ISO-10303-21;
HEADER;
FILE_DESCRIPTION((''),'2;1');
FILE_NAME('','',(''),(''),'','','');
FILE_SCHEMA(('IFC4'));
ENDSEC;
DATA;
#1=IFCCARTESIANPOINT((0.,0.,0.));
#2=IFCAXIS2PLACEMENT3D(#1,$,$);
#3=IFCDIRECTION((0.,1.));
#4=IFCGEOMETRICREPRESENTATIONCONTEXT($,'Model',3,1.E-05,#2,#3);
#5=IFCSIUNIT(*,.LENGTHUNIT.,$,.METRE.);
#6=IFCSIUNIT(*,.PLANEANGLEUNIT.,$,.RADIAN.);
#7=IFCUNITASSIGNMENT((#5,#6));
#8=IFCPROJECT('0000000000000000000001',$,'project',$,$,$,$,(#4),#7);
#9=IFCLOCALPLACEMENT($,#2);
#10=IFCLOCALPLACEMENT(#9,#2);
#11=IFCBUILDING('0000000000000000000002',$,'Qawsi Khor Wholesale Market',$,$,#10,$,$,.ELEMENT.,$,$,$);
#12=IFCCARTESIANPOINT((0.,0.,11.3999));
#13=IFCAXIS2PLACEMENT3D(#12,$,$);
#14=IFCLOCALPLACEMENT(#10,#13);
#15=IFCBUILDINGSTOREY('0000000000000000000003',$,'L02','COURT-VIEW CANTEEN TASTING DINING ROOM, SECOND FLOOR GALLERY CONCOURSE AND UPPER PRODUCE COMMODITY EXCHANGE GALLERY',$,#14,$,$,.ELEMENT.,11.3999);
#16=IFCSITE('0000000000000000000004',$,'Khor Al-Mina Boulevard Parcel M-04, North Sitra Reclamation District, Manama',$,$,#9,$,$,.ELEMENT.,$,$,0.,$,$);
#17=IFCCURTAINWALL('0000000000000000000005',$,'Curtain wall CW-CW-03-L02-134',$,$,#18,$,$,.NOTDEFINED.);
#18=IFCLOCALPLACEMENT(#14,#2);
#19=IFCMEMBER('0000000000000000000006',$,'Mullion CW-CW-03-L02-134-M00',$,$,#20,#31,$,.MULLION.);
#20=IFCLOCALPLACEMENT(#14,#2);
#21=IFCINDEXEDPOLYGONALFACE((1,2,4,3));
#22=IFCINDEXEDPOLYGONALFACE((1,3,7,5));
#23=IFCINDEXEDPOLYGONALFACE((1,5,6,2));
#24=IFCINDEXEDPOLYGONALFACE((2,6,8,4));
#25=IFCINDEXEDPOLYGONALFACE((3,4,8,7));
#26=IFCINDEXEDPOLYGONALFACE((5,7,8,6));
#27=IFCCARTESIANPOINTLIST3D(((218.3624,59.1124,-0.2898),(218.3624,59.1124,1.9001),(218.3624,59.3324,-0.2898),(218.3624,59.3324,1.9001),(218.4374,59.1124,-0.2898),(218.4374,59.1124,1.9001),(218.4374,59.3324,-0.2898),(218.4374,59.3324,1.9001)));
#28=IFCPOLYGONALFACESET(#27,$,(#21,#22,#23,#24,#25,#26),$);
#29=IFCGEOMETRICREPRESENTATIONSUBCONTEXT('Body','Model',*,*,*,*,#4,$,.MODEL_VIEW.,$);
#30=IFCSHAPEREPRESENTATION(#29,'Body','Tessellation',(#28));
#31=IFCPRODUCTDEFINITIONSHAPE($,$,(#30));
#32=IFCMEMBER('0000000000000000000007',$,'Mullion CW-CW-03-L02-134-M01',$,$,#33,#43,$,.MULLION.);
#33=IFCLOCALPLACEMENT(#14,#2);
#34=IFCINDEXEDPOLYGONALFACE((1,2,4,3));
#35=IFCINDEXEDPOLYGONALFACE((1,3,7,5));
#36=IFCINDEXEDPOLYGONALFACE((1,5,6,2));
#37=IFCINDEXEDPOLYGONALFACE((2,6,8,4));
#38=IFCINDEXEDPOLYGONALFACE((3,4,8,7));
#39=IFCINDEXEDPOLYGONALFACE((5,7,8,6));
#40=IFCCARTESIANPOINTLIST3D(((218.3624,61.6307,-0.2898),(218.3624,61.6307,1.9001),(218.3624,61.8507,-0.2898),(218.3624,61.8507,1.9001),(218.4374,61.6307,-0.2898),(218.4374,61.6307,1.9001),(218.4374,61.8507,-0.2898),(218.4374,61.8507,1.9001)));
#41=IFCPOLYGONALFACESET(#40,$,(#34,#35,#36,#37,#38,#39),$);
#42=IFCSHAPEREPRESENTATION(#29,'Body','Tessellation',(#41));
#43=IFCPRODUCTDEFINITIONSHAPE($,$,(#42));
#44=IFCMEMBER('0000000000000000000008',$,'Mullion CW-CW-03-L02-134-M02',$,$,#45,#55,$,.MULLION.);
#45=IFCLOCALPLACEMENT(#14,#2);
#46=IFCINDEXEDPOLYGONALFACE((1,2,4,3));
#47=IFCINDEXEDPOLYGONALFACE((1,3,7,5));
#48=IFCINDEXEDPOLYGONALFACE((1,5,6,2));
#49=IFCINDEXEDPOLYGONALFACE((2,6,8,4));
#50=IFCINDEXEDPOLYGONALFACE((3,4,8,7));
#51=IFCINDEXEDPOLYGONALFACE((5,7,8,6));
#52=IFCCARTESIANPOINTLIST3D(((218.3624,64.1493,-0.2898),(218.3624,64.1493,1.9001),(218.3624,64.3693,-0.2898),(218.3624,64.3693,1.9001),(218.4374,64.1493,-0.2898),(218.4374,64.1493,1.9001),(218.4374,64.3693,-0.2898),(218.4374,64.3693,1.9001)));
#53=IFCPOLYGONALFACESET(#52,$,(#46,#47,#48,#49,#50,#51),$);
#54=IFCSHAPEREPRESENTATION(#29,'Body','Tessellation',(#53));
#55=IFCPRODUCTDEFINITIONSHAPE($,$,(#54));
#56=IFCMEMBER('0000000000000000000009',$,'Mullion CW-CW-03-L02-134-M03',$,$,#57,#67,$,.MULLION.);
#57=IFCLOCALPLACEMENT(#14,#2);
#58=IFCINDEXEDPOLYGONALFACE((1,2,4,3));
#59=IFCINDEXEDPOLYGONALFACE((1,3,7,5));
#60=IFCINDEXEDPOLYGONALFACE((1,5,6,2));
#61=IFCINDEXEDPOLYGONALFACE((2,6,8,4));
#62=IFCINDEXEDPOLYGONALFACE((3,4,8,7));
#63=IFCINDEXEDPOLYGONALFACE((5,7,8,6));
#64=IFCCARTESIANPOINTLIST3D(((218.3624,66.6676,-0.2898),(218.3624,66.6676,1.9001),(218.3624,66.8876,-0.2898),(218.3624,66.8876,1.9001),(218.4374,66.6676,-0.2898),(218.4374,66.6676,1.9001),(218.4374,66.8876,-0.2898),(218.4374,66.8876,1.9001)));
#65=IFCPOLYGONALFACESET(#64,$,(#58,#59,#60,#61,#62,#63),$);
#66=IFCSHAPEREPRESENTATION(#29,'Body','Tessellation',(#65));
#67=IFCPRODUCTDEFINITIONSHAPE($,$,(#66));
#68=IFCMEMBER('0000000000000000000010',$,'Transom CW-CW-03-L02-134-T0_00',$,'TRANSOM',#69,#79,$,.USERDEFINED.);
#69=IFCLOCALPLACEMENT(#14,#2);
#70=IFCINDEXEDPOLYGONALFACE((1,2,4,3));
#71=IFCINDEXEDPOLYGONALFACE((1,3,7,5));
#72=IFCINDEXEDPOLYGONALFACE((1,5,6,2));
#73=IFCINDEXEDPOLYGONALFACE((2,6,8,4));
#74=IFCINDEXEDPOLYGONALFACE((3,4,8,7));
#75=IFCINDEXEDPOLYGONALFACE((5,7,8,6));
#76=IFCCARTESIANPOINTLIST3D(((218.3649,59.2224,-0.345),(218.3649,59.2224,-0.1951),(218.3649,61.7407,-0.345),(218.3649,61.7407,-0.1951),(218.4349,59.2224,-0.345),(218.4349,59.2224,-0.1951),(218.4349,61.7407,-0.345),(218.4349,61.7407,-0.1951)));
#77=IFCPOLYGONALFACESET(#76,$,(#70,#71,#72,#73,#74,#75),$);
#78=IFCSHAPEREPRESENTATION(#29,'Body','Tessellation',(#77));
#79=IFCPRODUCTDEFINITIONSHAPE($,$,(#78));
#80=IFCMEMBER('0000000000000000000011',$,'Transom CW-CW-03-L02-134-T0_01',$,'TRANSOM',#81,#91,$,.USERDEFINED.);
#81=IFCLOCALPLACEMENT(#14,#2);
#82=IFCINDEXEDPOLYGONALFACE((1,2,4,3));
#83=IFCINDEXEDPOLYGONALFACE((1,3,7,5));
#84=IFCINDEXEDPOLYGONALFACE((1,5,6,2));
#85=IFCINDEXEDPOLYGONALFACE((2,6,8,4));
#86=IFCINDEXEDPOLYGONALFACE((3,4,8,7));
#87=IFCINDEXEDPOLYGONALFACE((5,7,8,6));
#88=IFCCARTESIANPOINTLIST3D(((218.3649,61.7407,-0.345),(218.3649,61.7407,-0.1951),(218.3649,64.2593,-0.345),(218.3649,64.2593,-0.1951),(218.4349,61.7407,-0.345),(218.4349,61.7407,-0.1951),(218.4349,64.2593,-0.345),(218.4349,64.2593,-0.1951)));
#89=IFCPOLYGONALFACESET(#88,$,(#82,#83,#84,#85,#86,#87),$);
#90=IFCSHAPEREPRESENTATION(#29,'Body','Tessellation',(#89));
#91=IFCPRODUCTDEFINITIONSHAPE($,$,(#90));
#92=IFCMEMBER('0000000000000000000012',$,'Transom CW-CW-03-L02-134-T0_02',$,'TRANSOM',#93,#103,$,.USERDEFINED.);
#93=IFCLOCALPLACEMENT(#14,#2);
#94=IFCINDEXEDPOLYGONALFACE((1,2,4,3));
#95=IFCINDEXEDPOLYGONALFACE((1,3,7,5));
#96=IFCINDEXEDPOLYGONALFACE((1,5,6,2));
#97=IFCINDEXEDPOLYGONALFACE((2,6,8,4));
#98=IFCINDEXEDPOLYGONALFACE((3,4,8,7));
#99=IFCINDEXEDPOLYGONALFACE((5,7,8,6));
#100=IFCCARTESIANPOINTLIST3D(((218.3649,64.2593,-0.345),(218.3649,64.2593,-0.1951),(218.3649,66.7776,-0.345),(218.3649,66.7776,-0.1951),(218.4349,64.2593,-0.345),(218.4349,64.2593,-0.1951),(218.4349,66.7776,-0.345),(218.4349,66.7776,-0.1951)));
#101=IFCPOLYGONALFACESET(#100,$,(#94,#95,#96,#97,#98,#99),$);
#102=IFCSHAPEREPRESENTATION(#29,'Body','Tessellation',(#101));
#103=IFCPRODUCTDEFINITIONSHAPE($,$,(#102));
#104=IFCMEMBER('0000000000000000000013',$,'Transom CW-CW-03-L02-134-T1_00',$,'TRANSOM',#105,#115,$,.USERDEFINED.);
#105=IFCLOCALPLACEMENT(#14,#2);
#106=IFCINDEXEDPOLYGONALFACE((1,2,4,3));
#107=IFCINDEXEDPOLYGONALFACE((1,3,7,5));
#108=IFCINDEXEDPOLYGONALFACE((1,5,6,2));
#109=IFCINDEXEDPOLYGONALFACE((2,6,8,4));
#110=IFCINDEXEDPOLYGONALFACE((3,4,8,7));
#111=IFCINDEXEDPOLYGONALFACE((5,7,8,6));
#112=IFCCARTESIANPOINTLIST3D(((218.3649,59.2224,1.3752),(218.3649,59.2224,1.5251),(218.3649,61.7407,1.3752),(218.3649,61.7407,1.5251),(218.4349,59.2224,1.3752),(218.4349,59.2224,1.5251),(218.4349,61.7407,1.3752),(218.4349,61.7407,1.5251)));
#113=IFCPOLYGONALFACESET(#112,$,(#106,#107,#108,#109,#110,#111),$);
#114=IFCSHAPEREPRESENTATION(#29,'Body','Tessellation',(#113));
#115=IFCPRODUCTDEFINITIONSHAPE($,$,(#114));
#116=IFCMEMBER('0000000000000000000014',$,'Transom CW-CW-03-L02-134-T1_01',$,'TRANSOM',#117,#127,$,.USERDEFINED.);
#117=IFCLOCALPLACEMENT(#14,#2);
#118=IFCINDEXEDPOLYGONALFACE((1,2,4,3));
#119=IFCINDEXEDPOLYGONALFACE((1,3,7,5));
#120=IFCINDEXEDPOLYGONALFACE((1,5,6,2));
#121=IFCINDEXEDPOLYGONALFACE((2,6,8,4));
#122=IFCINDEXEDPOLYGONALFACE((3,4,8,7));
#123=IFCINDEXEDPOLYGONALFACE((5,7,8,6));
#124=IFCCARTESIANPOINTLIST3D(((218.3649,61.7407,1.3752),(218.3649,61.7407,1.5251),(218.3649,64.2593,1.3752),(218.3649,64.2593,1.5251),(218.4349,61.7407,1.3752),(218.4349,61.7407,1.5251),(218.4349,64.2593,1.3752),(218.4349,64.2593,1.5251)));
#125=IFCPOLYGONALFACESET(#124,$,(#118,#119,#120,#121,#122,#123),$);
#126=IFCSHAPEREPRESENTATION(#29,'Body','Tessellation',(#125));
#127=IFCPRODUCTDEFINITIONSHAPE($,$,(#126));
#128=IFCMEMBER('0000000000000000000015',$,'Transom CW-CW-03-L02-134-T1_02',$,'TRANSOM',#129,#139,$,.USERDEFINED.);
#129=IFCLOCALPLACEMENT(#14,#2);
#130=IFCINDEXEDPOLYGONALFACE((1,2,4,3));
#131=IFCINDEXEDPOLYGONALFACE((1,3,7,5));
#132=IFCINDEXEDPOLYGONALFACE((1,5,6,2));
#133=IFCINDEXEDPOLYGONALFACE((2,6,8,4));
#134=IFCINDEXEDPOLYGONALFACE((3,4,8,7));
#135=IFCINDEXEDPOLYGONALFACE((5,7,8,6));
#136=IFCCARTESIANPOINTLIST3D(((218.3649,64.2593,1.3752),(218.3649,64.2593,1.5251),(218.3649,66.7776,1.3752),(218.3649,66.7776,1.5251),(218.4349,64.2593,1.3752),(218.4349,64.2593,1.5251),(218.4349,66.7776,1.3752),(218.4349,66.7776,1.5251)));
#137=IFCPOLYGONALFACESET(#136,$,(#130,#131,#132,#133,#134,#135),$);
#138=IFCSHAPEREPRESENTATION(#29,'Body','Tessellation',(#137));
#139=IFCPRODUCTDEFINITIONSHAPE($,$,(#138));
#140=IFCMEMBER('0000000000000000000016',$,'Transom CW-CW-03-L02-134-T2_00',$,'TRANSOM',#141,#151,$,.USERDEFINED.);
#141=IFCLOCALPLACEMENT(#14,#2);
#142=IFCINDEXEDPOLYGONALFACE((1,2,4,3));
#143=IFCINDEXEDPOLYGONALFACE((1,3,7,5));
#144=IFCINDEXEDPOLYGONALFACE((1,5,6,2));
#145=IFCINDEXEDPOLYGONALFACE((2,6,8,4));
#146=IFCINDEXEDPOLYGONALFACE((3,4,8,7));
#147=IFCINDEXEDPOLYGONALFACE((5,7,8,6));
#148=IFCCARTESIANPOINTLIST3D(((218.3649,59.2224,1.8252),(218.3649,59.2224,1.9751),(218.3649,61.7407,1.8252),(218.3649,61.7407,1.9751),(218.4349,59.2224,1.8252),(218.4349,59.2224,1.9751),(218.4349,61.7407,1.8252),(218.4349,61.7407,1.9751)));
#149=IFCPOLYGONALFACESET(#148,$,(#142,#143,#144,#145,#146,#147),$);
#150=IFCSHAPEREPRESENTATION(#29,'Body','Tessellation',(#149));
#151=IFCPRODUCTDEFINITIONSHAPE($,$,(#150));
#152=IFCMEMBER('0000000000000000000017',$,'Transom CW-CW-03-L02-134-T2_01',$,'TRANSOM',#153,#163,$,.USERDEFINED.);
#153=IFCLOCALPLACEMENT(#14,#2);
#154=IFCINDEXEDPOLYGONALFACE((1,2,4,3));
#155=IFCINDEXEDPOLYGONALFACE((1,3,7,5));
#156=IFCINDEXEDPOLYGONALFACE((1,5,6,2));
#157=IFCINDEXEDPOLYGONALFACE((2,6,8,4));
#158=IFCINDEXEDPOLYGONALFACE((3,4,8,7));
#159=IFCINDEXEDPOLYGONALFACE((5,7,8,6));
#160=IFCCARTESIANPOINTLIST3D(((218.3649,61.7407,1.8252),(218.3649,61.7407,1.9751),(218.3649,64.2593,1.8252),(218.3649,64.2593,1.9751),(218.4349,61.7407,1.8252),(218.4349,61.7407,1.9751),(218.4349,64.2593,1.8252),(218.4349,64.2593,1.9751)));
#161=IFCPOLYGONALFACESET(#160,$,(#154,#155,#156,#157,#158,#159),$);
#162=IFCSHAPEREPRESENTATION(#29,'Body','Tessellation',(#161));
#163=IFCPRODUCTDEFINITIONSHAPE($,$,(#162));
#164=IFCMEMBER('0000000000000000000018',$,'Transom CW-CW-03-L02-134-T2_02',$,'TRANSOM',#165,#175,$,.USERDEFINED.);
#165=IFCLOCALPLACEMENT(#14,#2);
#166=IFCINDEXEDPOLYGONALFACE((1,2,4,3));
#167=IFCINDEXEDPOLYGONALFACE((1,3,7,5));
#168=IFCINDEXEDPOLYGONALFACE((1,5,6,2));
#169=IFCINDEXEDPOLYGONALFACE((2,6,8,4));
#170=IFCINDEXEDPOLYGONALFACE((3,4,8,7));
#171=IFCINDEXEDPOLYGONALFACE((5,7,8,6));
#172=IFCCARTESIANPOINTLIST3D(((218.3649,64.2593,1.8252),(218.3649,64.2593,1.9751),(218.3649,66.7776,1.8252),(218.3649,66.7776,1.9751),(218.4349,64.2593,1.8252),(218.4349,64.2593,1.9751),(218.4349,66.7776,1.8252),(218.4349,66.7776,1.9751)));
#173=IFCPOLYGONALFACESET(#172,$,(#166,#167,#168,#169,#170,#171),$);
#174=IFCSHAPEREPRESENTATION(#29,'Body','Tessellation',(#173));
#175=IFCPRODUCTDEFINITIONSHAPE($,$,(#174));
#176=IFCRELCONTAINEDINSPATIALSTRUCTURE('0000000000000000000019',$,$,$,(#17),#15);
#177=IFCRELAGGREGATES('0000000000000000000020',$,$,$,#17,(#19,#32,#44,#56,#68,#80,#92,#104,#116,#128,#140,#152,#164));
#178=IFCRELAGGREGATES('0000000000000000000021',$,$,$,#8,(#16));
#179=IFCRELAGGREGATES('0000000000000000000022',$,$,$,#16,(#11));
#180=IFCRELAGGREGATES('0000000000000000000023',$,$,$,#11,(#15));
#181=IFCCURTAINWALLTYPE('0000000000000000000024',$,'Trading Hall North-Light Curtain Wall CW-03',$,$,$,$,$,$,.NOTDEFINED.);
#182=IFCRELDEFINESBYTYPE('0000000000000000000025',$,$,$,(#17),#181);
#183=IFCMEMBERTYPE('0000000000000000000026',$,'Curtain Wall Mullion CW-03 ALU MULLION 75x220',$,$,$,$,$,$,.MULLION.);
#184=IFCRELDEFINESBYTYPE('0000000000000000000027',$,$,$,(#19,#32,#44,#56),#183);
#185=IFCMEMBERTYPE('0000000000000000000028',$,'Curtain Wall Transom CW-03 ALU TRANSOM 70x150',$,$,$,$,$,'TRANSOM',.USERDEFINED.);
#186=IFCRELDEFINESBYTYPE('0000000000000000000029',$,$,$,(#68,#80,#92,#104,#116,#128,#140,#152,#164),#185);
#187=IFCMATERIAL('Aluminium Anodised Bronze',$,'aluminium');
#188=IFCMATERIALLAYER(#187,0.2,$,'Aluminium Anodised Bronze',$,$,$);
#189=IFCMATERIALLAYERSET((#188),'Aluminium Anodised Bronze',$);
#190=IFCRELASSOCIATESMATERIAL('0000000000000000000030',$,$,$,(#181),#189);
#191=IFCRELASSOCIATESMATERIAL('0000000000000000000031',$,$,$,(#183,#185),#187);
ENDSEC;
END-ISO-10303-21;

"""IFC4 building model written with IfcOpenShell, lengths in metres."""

from ifc_helpers import new_model, si_unit, direction, frame, origin, origin_2d, place, context, subcontext, project, spatial, rectangle, extrude, material, layer, layer_set, material_profile, profile_set, type_object, element, aggregate, save


model = new_model("IFC4")

# Units and contexts
model_context = context("Model", 3, precision=1e-05, world=origin(), true_north=direction((0.0, 1.0)))
body_context = subcontext(model_context, "Body", "Model", "MODEL_VIEW")
ifc_project = project(units=[si_unit("LENGTHUNIT", "METRE"), si_unit("PLANEANGLEUNIT", "RADIAN")], contexts=[model_context])

# Site, building, storey
site_placement = place(None, origin())
site = spatial("IfcSite", under=ifc_project, at=site_placement, Name="Khor Al-Mina Boulevard Parcel M-04, North Sitra Reclamation District, Manama", CompositionType="ELEMENT", RefElevation=0.0)
building_placement = place(site_placement, origin())
building = spatial("IfcBuilding", under=site, at=building_placement, Name="Qawsi Khor Wholesale Market", CompositionType="ELEMENT")
storey_placement = place(building_placement, frame((0.0, 0.0, 11.3999)))
storey = spatial("IfcBuildingStorey", under=building, at=storey_placement, Name="L02", Description="COURT-VIEW CANTEEN TASTING DINING ROOM, SECOND FLOOR GALLERY CONCOURSE AND UPPER PRODUCE COMMODITY EXCHANGE GALLERY", CompositionType="ELEMENT", Elevation=11.3999)

# Curtain wall, members
ifc_material_1 = material(Name="Aluminium Anodised Bronze", Category="aluminium")
ifc_layer_1 = layer(ifc_material_1, 0.2, Name="Aluminium Anodised Bronze")
ifc_layer_set_1 = layer_set([ifc_layer_1], Name="Aluminium Anodised Bronze")
curtain_wall_type = type_object("IfcCurtainWallType", Name="Trading Hall North-Light Curtain Wall CW-03", PredefinedType="NOTDEFINED", material=ifc_layer_set_1)
curtain_wall_placement = place(storey_placement, origin())
curtain_wall = element("IfcCurtainWall", 1, at=curtain_wall_placement, inside=storey, type_object=curtain_wall_type, Name="Curtain wall CW-CW-03-L02-134", PredefinedType="NOTDEFINED")
ifc_material_profile_1 = material_profile(ifc_material_1, rectangle(XDim=0.075, YDim=0.22, at=origin_2d()), Name="ALU MULLION 75x220")
ifc_profile_set_1 = profile_set([ifc_material_profile_1], Name="Aluminium Anodised Bronze")
member_type_1 = type_object("IfcMemberType", Name="Curtain Wall Mullion CW-03 ALU MULLION 75x220", PredefinedType="MULLION", material=ifc_profile_set_1)
member_1_placement = place(storey_placement, frame((218.3999, 59.2224, -0.2898), z_axis=(0.0, 0.0, 1.0), x_axis=(1.0, 0.0, 0.0)))
member_1 = element("IfcMember", 2, at=member_1_placement, type_object=member_type_1, Name="Mullion CW-CW-03-L02-134-M00", PredefinedType="MULLION", context=body_context, shape_type="SweptSolid", body=[
    extrude(rectangle(XDim=0.075, YDim=0.22, at=origin_2d()), origin(), (0.0, 0.0, 1.0), 2.1899),
])
member_2_placement = place(storey_placement, frame((218.3999, 61.7407, -0.2898), z_axis=(0.0, 0.0, 1.0), x_axis=(1.0, 0.0, 0.0)))
member_2 = element("IfcMember", 3, at=member_2_placement, type_object=member_type_1, Name="Mullion CW-CW-03-L02-134-M01", PredefinedType="MULLION", context=body_context, shape_type="SweptSolid", body=[
    extrude(rectangle(XDim=0.075, YDim=0.22, at=origin_2d()), origin(), (0.0, 0.0, 1.0), 2.1899),
])
member_3_placement = place(storey_placement, frame((218.3999, 64.2593, -0.2898), z_axis=(0.0, 0.0, 1.0), x_axis=(1.0, 0.0, 0.0)))
member_3 = element("IfcMember", 4, at=member_3_placement, type_object=member_type_1, Name="Mullion CW-CW-03-L02-134-M02", PredefinedType="MULLION", context=body_context, shape_type="SweptSolid", body=[
    extrude(rectangle(XDim=0.075, YDim=0.22, at=origin_2d()), origin(), (0.0, 0.0, 1.0), 2.1899),
])
member_4_placement = place(storey_placement, frame((218.3999, 66.7776, -0.2898), z_axis=(0.0, 0.0, 1.0), x_axis=(1.0, 0.0, 0.0)))
member_4 = element("IfcMember", 5, at=member_4_placement, type_object=member_type_1, Name="Mullion CW-CW-03-L02-134-M03", PredefinedType="MULLION", context=body_context, shape_type="SweptSolid", body=[
    extrude(rectangle(XDim=0.075, YDim=0.22, at=origin_2d()), origin(), (0.0, 0.0, 1.0), 2.1899),
])
ifc_material_profile_2 = material_profile(ifc_material_1, rectangle(XDim=0.0701, YDim=0.1499, at=origin_2d()), Name="ALU TRANSOM 70x150")
ifc_profile_set_2 = profile_set([ifc_material_profile_2], Name="Aluminium Anodised Bronze")
member_type_2 = type_object("IfcMemberType", Name="Curtain Wall Transom CW-03 ALU TRANSOM 70x150", ElementType="TRANSOM", PredefinedType="USERDEFINED", material=ifc_profile_set_2)
member_5_placement = place(storey_placement, frame((218.3999, 59.2224, -0.27), z_axis=(0.0, 1.0, 0.0), x_axis=(-1.0, 0.0, 0.0)))
member_5 = element("IfcMember", 6, at=member_5_placement, type_object=member_type_2, Name="Transom CW-CW-03-L02-134-T0_00", ObjectType="TRANSOM", PredefinedType="USERDEFINED", context=body_context, shape_type="SweptSolid", body=[
    extrude(rectangle(XDim=0.0701, YDim=0.1499, at=origin_2d()), origin(), (0.0, 0.0, 1.0), 2.5183),
])
member_6_placement = place(storey_placement, frame((218.3999, 61.7407, -0.27), z_axis=(0.0, 1.0, 0.0), x_axis=(-1.0, 0.0, 0.0)))
member_6 = element("IfcMember", 7, at=member_6_placement, type_object=member_type_2, Name="Transom CW-CW-03-L02-134-T0_01", ObjectType="TRANSOM", PredefinedType="USERDEFINED", context=body_context, shape_type="SweptSolid", body=[
    extrude(rectangle(XDim=0.0701, YDim=0.1499, at=origin_2d()), origin(), (0.0, 0.0, 1.0), 2.5186),
])
member_7_placement = place(storey_placement, frame((218.3999, 64.2593, -0.27), z_axis=(0.0, 1.0, 0.0), x_axis=(-1.0, 0.0, 0.0)))
member_7 = element("IfcMember", 8, at=member_7_placement, type_object=member_type_2, Name="Transom CW-CW-03-L02-134-T0_02", ObjectType="TRANSOM", PredefinedType="USERDEFINED", context=body_context, shape_type="SweptSolid", body=[
    extrude(rectangle(XDim=0.0701, YDim=0.1499, at=origin_2d()), origin(), (0.0, 0.0, 1.0), 2.5183),
])
member_8_placement = place(storey_placement, frame((218.3999, 59.2224, 1.4502), z_axis=(0.0, 1.0, 0.0), x_axis=(-1.0, 0.0, 0.0)))
member_8 = element("IfcMember", 9, at=member_8_placement, type_object=member_type_2, Name="Transom CW-CW-03-L02-134-T1_00", ObjectType="TRANSOM", PredefinedType="USERDEFINED", context=body_context, shape_type="SweptSolid", body=[
    extrude(rectangle(XDim=0.0701, YDim=0.1499, at=origin_2d()), origin(), (0.0, 0.0, 1.0), 2.5183),
])
member_9_placement = place(storey_placement, frame((218.3999, 61.7407, 1.4502), z_axis=(0.0, 1.0, 0.0), x_axis=(-1.0, 0.0, 0.0)))
member_9 = element("IfcMember", 10, at=member_9_placement, type_object=member_type_2, Name="Transom CW-CW-03-L02-134-T1_01", ObjectType="TRANSOM", PredefinedType="USERDEFINED", context=body_context, shape_type="SweptSolid", body=[
    extrude(rectangle(XDim=0.0701, YDim=0.1499, at=origin_2d()), origin(), (0.0, 0.0, 1.0), 2.5186),
])
member_10_placement = place(storey_placement, frame((218.3999, 64.2593, 1.4502), z_axis=(0.0, 1.0, 0.0), x_axis=(-1.0, 0.0, 0.0)))
member_10 = element("IfcMember", 11, at=member_10_placement, type_object=member_type_2, Name="Transom CW-CW-03-L02-134-T1_02", ObjectType="TRANSOM", PredefinedType="USERDEFINED", context=body_context, shape_type="SweptSolid", body=[
    extrude(rectangle(XDim=0.0701, YDim=0.1499, at=origin_2d()), origin(), (0.0, 0.0, 1.0), 2.5183),
])
member_11_placement = place(storey_placement, frame((218.3999, 59.2224, 1.9001), z_axis=(0.0, 1.0, 0.0), x_axis=(-1.0, 0.0, 0.0)))
member_11 = element("IfcMember", 12, at=member_11_placement, type_object=member_type_2, Name="Transom CW-CW-03-L02-134-T2_00", ObjectType="TRANSOM", PredefinedType="USERDEFINED", context=body_context, shape_type="SweptSolid", body=[
    extrude(rectangle(XDim=0.0701, YDim=0.1499, at=origin_2d()), origin(), (0.0, 0.0, 1.0), 2.5183),
])
member_12_placement = place(storey_placement, frame((218.3999, 61.7407, 1.9001), z_axis=(0.0, 1.0, 0.0), x_axis=(-1.0, 0.0, 0.0)))
member_12 = element("IfcMember", 13, at=member_12_placement, type_object=member_type_2, Name="Transom CW-CW-03-L02-134-T2_01", ObjectType="TRANSOM", PredefinedType="USERDEFINED", context=body_context, shape_type="SweptSolid", body=[
    extrude(rectangle(XDim=0.0701, YDim=0.1499, at=origin_2d()), origin(), (0.0, 0.0, 1.0), 2.5186),
])
member_13_placement = place(storey_placement, frame((218.3999, 64.2593, 1.9001), z_axis=(0.0, 1.0, 0.0), x_axis=(-1.0, 0.0, 0.0)))
member_13 = element("IfcMember", 14, at=member_13_placement, type_object=member_type_2, Name="Transom CW-CW-03-L02-134-T2_02", ObjectType="TRANSOM", PredefinedType="USERDEFINED", context=body_context, shape_type="SweptSolid", body=[
    extrude(rectangle(XDim=0.0701, YDim=0.1499, at=origin_2d()), origin(), (0.0, 0.0, 1.0), 2.5183),
])

aggregate(curtain_wall, [member_1, member_2, member_3, member_4, member_5, member_6, member_7, member_8, member_9, member_10, member_11, member_12, member_13])

save(model, "model.ifc")
